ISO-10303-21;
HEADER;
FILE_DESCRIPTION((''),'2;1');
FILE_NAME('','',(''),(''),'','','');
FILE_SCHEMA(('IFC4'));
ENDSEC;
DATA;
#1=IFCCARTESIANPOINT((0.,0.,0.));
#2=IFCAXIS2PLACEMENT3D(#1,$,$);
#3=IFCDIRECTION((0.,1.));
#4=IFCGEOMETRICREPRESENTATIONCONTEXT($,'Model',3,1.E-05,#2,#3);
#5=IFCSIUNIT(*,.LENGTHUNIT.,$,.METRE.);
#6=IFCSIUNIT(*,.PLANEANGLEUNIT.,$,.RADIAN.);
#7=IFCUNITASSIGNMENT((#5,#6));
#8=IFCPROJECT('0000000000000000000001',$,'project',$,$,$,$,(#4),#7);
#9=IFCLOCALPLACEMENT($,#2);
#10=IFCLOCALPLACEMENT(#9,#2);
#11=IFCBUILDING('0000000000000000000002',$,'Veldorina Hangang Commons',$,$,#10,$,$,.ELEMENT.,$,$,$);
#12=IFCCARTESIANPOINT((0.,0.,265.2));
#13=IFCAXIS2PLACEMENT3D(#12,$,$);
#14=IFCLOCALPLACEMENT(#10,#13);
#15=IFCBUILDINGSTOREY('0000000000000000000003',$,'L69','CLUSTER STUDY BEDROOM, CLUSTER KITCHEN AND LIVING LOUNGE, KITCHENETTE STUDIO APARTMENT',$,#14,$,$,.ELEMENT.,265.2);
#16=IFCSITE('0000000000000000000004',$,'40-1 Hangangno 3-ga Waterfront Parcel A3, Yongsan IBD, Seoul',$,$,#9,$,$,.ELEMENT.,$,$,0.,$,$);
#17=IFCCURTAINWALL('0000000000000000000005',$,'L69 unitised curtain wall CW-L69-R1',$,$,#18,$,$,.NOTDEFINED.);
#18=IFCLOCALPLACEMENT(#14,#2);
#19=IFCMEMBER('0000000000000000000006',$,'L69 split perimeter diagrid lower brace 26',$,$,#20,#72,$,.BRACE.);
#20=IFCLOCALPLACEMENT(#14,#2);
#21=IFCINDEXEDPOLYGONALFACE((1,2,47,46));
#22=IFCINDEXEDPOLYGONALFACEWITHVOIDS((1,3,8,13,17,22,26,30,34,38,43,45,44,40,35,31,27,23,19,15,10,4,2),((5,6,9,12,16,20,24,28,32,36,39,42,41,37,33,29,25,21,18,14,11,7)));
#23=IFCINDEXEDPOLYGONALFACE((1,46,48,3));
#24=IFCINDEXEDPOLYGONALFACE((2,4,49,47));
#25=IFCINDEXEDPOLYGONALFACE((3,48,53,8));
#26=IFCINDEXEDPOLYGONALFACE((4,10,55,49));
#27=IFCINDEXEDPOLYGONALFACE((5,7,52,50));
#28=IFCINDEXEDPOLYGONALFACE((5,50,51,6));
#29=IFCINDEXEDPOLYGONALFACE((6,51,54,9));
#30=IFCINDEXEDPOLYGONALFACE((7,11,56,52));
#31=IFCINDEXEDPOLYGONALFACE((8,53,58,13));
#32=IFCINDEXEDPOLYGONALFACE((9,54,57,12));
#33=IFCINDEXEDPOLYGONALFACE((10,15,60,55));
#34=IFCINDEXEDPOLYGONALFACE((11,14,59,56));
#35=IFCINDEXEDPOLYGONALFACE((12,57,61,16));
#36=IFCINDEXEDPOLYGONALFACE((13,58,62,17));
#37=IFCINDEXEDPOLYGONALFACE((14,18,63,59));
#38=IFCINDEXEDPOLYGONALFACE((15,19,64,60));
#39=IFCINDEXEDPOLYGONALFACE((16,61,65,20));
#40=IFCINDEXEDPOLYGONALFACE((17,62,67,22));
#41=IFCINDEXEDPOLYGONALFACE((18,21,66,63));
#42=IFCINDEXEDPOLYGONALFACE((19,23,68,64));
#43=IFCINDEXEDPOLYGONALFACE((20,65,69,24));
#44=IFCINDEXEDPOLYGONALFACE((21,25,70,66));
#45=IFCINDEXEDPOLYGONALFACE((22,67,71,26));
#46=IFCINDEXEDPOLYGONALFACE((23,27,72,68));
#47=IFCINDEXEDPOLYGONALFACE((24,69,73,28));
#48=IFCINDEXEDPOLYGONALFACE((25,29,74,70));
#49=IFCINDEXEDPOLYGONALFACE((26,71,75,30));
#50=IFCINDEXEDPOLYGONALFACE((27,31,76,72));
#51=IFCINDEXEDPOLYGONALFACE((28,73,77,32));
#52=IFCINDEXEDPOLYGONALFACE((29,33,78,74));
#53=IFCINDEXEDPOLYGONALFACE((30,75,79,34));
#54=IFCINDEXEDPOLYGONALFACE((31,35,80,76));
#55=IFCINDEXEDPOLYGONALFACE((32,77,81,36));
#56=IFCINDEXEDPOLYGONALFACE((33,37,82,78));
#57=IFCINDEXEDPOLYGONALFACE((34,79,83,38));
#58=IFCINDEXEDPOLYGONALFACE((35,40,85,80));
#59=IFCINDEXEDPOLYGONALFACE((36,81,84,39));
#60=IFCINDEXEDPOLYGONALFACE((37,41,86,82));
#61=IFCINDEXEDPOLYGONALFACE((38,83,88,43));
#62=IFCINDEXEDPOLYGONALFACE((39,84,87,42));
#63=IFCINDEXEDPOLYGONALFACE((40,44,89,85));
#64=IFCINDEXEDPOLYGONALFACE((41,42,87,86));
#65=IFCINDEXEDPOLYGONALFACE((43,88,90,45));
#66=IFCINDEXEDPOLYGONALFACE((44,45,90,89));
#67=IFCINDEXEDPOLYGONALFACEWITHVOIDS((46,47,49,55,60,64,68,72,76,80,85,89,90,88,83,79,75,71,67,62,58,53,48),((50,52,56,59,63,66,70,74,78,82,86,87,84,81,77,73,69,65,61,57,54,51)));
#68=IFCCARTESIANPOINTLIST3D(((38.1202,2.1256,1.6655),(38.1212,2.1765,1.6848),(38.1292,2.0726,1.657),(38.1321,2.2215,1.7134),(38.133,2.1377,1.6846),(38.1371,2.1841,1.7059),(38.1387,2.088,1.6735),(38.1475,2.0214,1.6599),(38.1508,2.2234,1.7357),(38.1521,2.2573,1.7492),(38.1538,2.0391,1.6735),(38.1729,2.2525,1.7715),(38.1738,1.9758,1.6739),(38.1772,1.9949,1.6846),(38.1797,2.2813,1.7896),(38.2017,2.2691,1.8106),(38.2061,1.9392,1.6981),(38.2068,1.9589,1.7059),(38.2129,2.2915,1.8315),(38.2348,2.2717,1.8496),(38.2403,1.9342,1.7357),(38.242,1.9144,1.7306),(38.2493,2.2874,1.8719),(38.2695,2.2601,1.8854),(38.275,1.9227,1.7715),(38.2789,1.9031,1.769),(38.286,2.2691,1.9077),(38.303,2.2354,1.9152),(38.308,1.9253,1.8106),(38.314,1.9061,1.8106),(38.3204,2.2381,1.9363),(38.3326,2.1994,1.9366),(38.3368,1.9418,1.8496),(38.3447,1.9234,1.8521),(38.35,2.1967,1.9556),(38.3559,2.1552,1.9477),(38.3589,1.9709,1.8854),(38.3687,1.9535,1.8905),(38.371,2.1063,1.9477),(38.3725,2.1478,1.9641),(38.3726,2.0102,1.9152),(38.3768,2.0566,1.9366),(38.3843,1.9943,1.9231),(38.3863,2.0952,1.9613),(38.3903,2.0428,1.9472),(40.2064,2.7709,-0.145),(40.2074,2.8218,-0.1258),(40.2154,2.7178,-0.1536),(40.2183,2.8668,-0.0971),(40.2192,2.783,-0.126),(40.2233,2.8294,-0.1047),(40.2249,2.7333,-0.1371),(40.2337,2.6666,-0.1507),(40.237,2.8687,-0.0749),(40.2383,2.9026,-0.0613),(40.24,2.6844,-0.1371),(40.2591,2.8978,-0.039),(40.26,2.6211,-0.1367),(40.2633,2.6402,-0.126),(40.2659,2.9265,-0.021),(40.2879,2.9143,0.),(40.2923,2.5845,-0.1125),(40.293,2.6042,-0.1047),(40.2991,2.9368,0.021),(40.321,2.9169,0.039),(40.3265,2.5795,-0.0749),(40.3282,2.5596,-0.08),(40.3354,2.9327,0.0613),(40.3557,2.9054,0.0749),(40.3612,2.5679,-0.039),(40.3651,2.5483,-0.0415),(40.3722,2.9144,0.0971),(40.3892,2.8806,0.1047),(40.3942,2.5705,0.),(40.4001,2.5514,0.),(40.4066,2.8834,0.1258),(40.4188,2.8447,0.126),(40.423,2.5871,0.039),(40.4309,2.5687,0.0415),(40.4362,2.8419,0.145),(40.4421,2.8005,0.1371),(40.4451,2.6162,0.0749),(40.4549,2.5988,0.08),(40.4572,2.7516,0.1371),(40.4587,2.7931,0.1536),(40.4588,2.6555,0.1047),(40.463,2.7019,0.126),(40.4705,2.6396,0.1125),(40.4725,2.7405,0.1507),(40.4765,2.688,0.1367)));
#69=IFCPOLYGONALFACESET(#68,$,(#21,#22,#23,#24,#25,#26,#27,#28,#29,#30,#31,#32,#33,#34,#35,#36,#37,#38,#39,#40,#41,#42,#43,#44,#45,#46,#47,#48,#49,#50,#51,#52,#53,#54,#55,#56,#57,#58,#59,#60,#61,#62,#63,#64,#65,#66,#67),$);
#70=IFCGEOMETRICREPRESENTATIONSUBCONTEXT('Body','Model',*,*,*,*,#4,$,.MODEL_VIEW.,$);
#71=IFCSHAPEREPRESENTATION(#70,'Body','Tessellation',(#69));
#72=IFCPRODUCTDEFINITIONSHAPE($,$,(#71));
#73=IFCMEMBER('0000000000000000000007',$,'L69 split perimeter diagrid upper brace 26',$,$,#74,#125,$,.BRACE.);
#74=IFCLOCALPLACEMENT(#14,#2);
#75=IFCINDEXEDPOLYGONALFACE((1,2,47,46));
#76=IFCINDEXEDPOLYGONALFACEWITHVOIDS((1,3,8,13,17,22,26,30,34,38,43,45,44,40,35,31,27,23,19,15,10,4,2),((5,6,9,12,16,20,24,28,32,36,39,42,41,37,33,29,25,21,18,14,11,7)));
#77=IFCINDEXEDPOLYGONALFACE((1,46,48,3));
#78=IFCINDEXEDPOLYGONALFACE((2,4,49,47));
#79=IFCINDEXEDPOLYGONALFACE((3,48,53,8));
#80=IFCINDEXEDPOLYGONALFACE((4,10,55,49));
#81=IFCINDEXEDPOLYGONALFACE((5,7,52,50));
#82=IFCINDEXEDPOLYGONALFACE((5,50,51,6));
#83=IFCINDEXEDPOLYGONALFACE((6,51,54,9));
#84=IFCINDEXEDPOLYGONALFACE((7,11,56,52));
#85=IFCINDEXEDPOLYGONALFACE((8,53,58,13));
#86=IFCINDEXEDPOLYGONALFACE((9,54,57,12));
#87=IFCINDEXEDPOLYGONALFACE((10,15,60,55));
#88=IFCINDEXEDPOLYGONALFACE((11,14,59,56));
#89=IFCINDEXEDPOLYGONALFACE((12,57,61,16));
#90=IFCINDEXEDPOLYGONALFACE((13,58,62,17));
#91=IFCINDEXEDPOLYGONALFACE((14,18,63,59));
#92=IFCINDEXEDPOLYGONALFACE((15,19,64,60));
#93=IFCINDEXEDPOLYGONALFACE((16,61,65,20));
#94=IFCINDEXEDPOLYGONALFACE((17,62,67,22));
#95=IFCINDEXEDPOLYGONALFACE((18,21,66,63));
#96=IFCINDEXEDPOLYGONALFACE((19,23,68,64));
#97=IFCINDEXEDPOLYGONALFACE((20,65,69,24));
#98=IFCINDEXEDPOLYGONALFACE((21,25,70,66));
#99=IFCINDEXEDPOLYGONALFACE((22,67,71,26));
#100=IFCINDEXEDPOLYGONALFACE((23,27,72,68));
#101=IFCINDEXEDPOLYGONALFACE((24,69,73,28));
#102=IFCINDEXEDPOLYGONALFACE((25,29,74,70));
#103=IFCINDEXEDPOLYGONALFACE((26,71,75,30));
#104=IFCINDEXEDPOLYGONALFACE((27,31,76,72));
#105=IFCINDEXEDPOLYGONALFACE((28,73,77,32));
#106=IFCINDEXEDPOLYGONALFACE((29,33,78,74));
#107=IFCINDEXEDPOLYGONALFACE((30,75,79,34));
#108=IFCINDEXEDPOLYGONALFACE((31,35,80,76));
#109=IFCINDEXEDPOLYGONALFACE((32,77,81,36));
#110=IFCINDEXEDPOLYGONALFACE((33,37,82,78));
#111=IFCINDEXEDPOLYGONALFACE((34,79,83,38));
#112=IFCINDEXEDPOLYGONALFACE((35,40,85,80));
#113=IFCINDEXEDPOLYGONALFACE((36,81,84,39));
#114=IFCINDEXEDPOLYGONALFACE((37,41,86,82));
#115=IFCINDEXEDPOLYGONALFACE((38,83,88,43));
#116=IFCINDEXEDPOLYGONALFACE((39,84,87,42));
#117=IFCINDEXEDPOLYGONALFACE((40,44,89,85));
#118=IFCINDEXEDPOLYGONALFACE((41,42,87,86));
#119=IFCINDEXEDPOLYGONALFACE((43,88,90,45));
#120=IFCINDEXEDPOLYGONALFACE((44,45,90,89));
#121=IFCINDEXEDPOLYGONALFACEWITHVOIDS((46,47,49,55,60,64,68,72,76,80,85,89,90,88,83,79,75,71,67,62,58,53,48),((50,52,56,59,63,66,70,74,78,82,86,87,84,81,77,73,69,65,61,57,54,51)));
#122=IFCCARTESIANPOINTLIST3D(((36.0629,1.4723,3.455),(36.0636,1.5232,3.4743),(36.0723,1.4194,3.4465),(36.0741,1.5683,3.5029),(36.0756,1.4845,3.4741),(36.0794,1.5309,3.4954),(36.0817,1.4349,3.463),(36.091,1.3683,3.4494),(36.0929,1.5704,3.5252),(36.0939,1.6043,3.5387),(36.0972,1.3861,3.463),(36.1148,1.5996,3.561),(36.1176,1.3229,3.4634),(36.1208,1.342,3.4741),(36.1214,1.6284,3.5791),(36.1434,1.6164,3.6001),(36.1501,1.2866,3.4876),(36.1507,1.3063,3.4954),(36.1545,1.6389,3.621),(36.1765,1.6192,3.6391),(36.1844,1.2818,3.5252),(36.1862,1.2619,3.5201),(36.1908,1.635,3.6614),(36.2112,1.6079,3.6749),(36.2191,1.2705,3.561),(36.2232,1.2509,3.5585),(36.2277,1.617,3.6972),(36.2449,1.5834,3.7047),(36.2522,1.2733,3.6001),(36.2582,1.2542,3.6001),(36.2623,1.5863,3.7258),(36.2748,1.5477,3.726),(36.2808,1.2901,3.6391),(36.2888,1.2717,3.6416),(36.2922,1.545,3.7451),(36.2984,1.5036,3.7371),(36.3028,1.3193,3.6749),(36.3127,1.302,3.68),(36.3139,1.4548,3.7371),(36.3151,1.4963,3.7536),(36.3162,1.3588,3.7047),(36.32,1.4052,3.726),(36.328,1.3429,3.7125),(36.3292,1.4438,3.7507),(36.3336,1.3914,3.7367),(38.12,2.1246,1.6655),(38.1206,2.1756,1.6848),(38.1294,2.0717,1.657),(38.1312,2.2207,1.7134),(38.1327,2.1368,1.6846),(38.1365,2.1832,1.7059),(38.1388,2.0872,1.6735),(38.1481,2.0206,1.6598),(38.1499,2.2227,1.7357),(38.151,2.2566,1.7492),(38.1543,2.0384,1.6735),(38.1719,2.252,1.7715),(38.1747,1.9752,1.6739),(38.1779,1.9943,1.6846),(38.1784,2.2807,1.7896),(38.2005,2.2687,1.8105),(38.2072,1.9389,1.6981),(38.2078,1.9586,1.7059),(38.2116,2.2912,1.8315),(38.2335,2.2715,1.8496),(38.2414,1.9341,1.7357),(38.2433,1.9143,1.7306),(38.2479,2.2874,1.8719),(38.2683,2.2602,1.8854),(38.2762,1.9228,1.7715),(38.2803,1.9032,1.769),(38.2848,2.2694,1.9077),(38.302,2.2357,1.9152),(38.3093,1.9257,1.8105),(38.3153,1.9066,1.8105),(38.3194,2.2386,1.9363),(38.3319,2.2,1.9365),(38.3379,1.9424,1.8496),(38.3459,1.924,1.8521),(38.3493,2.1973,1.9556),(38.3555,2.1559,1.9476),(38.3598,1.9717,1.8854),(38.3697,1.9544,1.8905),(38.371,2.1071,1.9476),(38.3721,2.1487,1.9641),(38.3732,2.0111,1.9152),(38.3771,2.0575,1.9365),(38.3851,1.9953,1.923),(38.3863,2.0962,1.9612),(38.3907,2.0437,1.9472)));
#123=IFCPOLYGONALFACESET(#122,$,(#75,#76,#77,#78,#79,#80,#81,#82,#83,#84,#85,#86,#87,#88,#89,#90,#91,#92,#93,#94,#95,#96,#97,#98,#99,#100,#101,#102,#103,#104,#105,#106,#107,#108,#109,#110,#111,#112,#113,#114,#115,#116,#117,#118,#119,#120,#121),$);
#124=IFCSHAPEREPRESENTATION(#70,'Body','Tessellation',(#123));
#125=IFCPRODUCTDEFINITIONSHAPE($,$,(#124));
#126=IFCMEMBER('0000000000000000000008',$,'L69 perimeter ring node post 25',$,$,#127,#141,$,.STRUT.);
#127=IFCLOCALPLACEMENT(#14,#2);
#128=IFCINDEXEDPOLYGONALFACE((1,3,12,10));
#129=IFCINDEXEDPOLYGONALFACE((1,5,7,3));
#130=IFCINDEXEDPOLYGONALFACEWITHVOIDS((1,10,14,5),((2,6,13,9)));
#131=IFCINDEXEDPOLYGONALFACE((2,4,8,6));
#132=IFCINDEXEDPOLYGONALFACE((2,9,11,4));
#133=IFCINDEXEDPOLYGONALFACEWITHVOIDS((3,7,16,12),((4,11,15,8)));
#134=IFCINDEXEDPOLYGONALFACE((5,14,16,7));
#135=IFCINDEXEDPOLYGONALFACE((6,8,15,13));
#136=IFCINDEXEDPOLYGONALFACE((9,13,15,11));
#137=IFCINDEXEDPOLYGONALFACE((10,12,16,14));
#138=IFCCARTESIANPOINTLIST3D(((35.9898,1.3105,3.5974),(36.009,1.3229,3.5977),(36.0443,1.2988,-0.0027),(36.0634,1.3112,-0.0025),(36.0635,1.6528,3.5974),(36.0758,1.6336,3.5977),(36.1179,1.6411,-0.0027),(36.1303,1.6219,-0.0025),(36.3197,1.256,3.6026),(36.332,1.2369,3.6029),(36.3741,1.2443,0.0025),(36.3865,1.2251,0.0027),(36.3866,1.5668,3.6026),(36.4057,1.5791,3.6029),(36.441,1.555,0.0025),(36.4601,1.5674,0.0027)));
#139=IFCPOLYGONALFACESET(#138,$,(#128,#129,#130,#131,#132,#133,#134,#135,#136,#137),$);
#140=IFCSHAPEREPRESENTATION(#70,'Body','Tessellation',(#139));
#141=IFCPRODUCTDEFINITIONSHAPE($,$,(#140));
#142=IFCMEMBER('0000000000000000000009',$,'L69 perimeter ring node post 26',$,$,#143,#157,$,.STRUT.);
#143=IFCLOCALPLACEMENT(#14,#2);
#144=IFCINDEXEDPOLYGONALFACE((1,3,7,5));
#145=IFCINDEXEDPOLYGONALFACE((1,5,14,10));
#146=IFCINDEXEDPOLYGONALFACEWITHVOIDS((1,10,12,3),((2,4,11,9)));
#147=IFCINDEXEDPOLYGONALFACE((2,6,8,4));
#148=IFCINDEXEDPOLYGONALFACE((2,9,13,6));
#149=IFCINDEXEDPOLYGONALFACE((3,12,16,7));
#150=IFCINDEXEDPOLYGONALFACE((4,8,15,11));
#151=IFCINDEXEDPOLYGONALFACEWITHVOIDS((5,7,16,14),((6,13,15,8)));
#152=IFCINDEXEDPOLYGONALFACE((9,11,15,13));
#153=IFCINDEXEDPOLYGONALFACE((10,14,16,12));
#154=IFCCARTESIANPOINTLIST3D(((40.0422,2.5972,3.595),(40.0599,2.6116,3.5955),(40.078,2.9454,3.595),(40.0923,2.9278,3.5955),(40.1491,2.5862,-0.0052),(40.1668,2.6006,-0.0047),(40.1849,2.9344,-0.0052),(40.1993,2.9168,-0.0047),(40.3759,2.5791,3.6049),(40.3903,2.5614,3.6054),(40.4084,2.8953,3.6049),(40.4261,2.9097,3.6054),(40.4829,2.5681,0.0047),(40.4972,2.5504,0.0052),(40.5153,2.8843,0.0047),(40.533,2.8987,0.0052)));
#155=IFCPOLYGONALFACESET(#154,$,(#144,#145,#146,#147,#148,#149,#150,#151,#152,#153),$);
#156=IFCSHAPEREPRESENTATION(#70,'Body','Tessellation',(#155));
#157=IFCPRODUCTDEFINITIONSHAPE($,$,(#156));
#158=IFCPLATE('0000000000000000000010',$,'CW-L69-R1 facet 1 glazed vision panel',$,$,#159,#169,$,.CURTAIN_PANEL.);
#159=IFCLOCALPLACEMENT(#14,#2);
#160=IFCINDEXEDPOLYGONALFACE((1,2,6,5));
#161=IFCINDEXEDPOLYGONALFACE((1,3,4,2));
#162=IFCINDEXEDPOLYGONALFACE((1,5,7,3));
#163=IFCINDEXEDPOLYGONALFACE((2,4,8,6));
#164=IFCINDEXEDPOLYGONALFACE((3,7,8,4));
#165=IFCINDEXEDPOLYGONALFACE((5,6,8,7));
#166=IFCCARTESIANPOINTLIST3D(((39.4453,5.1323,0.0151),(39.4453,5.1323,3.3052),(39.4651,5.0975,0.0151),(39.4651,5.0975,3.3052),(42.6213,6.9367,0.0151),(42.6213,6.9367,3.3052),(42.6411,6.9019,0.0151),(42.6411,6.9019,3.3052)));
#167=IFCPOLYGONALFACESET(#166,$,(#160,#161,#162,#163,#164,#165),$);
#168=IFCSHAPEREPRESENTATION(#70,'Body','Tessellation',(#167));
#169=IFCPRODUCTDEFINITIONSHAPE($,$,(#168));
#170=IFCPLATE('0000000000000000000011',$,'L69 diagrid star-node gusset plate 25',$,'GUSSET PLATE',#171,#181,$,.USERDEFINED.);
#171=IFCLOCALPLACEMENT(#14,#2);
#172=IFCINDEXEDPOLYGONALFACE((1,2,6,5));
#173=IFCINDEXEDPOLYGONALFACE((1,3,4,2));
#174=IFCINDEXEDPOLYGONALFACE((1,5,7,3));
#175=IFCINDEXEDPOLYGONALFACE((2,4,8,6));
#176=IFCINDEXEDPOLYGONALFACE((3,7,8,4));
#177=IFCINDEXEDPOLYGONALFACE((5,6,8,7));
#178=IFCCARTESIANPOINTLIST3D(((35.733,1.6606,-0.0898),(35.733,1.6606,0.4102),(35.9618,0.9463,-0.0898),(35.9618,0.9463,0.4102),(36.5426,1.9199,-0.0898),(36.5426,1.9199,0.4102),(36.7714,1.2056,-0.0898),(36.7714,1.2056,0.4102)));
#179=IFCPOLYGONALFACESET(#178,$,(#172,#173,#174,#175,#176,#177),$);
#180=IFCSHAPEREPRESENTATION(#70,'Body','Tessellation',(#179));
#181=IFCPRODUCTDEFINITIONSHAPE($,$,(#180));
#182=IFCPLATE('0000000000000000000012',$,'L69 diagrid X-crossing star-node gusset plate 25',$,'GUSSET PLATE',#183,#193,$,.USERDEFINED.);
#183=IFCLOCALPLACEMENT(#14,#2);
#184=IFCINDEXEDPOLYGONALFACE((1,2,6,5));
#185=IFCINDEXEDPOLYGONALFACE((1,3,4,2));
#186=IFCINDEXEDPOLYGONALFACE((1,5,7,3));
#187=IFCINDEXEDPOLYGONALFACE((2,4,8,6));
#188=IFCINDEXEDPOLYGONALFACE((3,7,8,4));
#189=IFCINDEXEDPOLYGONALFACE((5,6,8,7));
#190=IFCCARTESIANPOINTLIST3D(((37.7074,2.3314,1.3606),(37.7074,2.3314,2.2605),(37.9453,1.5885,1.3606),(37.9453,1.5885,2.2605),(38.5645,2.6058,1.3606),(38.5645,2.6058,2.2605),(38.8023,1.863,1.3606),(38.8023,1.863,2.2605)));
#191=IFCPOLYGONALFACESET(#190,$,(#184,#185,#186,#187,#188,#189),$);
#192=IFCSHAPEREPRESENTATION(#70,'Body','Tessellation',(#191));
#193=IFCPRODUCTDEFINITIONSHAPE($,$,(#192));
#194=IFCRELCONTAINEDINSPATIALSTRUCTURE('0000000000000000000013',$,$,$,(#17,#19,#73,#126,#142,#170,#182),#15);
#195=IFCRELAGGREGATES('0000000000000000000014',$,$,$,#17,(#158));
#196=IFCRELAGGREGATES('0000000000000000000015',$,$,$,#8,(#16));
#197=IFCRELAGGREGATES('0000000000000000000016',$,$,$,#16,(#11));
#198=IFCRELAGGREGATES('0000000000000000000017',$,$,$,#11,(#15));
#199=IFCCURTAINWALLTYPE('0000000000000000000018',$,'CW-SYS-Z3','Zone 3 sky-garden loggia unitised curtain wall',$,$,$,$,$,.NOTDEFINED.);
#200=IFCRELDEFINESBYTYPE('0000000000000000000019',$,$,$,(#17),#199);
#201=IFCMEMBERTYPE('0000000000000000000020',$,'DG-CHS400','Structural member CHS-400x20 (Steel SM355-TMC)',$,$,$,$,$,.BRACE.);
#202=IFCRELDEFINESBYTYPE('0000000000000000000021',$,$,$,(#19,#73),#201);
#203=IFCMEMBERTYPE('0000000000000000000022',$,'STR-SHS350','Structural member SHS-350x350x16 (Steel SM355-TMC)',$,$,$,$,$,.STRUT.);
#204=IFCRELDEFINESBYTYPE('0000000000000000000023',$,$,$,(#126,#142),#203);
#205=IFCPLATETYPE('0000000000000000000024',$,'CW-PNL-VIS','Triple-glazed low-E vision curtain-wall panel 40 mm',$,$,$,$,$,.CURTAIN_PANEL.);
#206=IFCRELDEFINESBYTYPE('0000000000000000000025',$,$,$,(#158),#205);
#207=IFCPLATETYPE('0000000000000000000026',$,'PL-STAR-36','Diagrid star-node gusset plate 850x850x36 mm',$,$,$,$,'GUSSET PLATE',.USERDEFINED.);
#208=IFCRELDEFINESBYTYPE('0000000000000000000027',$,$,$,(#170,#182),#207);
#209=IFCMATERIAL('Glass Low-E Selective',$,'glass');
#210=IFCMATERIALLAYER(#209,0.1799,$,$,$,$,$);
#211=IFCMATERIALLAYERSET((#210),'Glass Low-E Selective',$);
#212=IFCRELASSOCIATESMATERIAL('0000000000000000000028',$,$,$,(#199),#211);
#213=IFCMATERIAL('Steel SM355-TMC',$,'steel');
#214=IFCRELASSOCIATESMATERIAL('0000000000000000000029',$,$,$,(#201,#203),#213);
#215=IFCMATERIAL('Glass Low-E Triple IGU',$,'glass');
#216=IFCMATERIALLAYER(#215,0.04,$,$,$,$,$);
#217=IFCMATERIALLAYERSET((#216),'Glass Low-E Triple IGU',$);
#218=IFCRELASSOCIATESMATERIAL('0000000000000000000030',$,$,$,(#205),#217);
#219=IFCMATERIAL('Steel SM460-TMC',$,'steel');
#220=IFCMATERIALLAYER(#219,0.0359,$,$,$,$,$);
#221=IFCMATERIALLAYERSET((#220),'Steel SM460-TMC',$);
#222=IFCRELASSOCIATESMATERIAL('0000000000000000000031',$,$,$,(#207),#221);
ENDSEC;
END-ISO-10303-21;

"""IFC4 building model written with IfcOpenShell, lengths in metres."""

from ifc_helpers import new_model, si_unit, direction, frame, origin, origin_2d, place, context, subcontext, project, spatial, rectangle, hollow_rectangle, hollow_circle, extrude, material, layer, layer_set, material_profile, profile_set, type_object, element, aggregate, save


model = new_model("IFC4")

# Units and contexts
model_context = context("Model", 3, precision=1e-05, world=origin(), true_north=direction((0.0, 1.0)))
body_context = subcontext(model_context, "Body", "Model", "MODEL_VIEW")
ifc_project = project(units=[si_unit("LENGTHUNIT", "METRE"), si_unit("PLANEANGLEUNIT", "RADIAN")], contexts=[model_context])

# Site, building, storey
site_placement = place(None, origin())
site = spatial("IfcSite", under=ifc_project, at=site_placement, Name="40-1 Hangangno 3-ga Waterfront Parcel A3, Yongsan IBD, Seoul", CompositionType="ELEMENT", RefElevation=0.0)
building_placement = place(site_placement, origin())
building = spatial("IfcBuilding", under=site, at=building_placement, Name="Veldorina Hangang Commons", CompositionType="ELEMENT")
storey_placement = place(building_placement, frame((0.0, 0.0, 265.2)))
storey = spatial("IfcBuildingStorey", under=building, at=storey_placement, Name="L69", Description="CLUSTER STUDY BEDROOM, CLUSTER KITCHEN AND LIVING LOUNGE, KITCHENETTE STUDIO APARTMENT", CompositionType="ELEMENT", Elevation=265.2)

# Shared definitions
ifc_material_1 = material(Name="Steel SM355-TMC", Category="steel")

# Curtain wall
ifc_material_2 = material(Name="Glass Low-E Selective", Category="glass")
ifc_layer_1 = layer(ifc_material_2, 0.1799)
ifc_layer_set_1 = layer_set([ifc_layer_1], Name="Glass Low-E Selective")
curtain_wall_type = type_object("IfcCurtainWallType", Name="CW-SYS-Z3", Description="Zone 3 sky-garden loggia unitised curtain wall", PredefinedType="NOTDEFINED", material=ifc_layer_set_1)
curtain_wall_placement = place(storey_placement, origin())
curtain_wall = element("IfcCurtainWall", 1, at=curtain_wall_placement, inside=storey, type_object=curtain_wall_type, Name="L69 unitised curtain wall CW-L69-R1", PredefinedType="NOTDEFINED")

# Members
ifc_material_profile_1 = material_profile(ifc_material_1, hollow_circle(Radius=0.2, WallThickness=0.02, at=origin_2d()), Name="CHS-400x20")
ifc_profile_set_1 = profile_set([ifc_material_profile_1], Name="Steel SM355-TMC")
member_type_1 = type_object("IfcMemberType", Name="DG-CHS400", Description="Structural member CHS-400x20 (Steel SM355-TMC)", PredefinedType="BRACE", material=ifc_profile_set_1)
member_1_placement = place(storey_placement, frame((40.3411, 2.7424, 0.0), z_axis=(-0.735438, -0.227474, 0.638269), x_axis=(0.295492, -0.955345, 0.0)))
element("IfcMember", 2, at=member_1_placement, inside=storey, type_object=member_type_1, Name="L69 split perimeter diagrid lower brace 26", PredefinedType="BRACE", context=body_context, shape_type="SweptSolid", body=[
    extrude(hollow_circle(Radius=0.2, WallThickness=0.02, at=origin_2d()), origin(), (0.0, 0.0, 1.0), 2.8367),
])
member_2_placement = place(storey_placement, frame((38.2549, 2.0972, 1.8105), z_axis=(-0.733762, -0.232686, 0.638319), x_axis=(0.302279, -0.95322, 0.0)))
element("IfcMember", 3, at=member_2_placement, inside=storey, type_object=member_type_1, Name="L69 split perimeter diagrid upper brace 26", PredefinedType="BRACE", context=body_context, shape_type="SweptSolid", body=[
    extrude(hollow_circle(Radius=0.2, WallThickness=0.02, at=origin_2d()), origin(), (0.0, 0.0, 1.0), 2.8035),
])
ifc_material_profile_2 = material_profile(ifc_material_1, hollow_rectangle(XDim=0.3501, YDim=0.3501, WallThickness=0.0161, at=origin_2d()), Name="SHS-350x350x16")
ifc_profile_set_2 = profile_set([ifc_material_profile_2], Name="Steel SM355-TMC")
member_type_2 = type_object("IfcMemberType", Name="STR-SHS350", Description="Structural member SHS-350x350x16 (Steel SM355-TMC)", PredefinedType="STRUT", material=ifc_profile_set_2)
member_3_placement = place(storey_placement, frame((36.2522, 1.4331, 0.0), z_axis=(-0.015121, 0.003255, 0.99988), x_axis=(-0.210427, -0.97761, 0.0)))
element("IfcMember", 4, at=member_3_placement, inside=storey, type_object=member_type_2, Name="L69 perimeter ring node post 25", PredefinedType="STRUT", context=body_context, shape_type="SweptSolid", body=[
    extrude(hollow_rectangle(XDim=0.3501, YDim=0.3501, WallThickness=0.0161, at=origin_2d()), origin(), (0.0, 0.0, 1.0), 3.6006),
])
member_4_placement = place(storey_placement, frame((40.3411, 2.7424, 0.0), z_axis=(-0.02969, 0.00305, 0.999555), x_axis=(-0.102202, -0.994764, 0.0)))
element("IfcMember", 5, at=member_4_placement, inside=storey, type_object=member_type_2, Name="L69 perimeter ring node post 26", PredefinedType="STRUT", context=body_context, shape_type="SweptSolid", body=[
    extrude(hollow_rectangle(XDim=0.3501, YDim=0.3501, WallThickness=0.0161, at=origin_2d()), origin(), (0.0, 0.0, 1.0), 3.6018),
])

# Plate
ifc_material_3 = material(Name="Glass Low-E Triple IGU", Category="glass")
ifc_layer_2 = layer(ifc_material_3, 0.04)
ifc_layer_set_2 = layer_set([ifc_layer_2], Name="Glass Low-E Triple IGU")
plate_type_1 = type_object("IfcPlateType", Name="CW-PNL-VIS", Description="Triple-glazed low-E vision curtain-wall panel 40 mm", PredefinedType="CURTAIN_PANEL", material=ifc_layer_set_2)
plate_1_placement = place(storey_placement, frame((41.0432, 6.0171, 0.0151), z_axis=(0.0, 0.0, 1.0), x_axis=(0.869469, 0.493987, 0.0)))
plate_1 = element("IfcPlate", 6, at=plate_1_placement, type_object=plate_type_1, Name="CW-L69-R1 facet 1 glazed vision panel", PredefinedType="CURTAIN_PANEL", context=body_context, shape_type="SweptSolid", body=[
    extrude(rectangle(XDim=3.6528, YDim=0.04, at=origin_2d()), origin(), (0.0, 0.0, 1.0), 3.29),
])
aggregate(curtain_wall, [plate_1])

# Plates
ifc_material_4 = material(Name="Steel SM460-TMC", Category="steel")
ifc_layer_3 = layer(ifc_material_4, 0.0359)
ifc_layer_set_3 = layer_set([ifc_layer_3], Name="Steel SM460-TMC")
plate_type_2 = type_object("IfcPlateType", Name="PL-STAR-36", Description="Diagrid star-node gusset plate 850x850x36 mm", ElementType="GUSSET PLATE", PredefinedType="USERDEFINED", material=ifc_layer_set_3)
plate_2_placement = place(storey_placement, frame((36.2522, 1.4331, -0.0898), z_axis=(0.0, 0.0, 1.0), x_axis=(0.952359, 0.304981, 0.0)))
element("IfcPlate", 7, at=plate_2_placement, inside=storey, type_object=plate_type_2, Name="L69 diagrid star-node gusset plate 25", ObjectType="GUSSET PLATE", PredefinedType="USERDEFINED", context=body_context, shape_type="SweptSolid", body=[
    extrude(rectangle(XDim=0.8501, YDim=0.75, at=origin_2d()), origin(), (0.0, 0.0, 1.0), 0.5),
])
plate_3_placement = place(storey_placement, frame((38.2549, 2.0972, 1.3606), z_axis=(0.0, 0.0, 1.0), x_axis=(0.952359, 0.304981, 0.0)))
element("IfcPlate", 8, at=plate_3_placement, inside=storey, type_object=plate_type_2, Name="L69 diagrid X-crossing star-node gusset plate 25", ObjectType="GUSSET PLATE", PredefinedType="USERDEFINED", context=body_context, shape_type="SweptSolid", body=[
    extrude(rectangle(XDim=0.8999, YDim=0.78, at=origin_2d()), origin(), (0.0, 0.0, 1.0), 0.8999),
])

save(model, "model.ifc")
